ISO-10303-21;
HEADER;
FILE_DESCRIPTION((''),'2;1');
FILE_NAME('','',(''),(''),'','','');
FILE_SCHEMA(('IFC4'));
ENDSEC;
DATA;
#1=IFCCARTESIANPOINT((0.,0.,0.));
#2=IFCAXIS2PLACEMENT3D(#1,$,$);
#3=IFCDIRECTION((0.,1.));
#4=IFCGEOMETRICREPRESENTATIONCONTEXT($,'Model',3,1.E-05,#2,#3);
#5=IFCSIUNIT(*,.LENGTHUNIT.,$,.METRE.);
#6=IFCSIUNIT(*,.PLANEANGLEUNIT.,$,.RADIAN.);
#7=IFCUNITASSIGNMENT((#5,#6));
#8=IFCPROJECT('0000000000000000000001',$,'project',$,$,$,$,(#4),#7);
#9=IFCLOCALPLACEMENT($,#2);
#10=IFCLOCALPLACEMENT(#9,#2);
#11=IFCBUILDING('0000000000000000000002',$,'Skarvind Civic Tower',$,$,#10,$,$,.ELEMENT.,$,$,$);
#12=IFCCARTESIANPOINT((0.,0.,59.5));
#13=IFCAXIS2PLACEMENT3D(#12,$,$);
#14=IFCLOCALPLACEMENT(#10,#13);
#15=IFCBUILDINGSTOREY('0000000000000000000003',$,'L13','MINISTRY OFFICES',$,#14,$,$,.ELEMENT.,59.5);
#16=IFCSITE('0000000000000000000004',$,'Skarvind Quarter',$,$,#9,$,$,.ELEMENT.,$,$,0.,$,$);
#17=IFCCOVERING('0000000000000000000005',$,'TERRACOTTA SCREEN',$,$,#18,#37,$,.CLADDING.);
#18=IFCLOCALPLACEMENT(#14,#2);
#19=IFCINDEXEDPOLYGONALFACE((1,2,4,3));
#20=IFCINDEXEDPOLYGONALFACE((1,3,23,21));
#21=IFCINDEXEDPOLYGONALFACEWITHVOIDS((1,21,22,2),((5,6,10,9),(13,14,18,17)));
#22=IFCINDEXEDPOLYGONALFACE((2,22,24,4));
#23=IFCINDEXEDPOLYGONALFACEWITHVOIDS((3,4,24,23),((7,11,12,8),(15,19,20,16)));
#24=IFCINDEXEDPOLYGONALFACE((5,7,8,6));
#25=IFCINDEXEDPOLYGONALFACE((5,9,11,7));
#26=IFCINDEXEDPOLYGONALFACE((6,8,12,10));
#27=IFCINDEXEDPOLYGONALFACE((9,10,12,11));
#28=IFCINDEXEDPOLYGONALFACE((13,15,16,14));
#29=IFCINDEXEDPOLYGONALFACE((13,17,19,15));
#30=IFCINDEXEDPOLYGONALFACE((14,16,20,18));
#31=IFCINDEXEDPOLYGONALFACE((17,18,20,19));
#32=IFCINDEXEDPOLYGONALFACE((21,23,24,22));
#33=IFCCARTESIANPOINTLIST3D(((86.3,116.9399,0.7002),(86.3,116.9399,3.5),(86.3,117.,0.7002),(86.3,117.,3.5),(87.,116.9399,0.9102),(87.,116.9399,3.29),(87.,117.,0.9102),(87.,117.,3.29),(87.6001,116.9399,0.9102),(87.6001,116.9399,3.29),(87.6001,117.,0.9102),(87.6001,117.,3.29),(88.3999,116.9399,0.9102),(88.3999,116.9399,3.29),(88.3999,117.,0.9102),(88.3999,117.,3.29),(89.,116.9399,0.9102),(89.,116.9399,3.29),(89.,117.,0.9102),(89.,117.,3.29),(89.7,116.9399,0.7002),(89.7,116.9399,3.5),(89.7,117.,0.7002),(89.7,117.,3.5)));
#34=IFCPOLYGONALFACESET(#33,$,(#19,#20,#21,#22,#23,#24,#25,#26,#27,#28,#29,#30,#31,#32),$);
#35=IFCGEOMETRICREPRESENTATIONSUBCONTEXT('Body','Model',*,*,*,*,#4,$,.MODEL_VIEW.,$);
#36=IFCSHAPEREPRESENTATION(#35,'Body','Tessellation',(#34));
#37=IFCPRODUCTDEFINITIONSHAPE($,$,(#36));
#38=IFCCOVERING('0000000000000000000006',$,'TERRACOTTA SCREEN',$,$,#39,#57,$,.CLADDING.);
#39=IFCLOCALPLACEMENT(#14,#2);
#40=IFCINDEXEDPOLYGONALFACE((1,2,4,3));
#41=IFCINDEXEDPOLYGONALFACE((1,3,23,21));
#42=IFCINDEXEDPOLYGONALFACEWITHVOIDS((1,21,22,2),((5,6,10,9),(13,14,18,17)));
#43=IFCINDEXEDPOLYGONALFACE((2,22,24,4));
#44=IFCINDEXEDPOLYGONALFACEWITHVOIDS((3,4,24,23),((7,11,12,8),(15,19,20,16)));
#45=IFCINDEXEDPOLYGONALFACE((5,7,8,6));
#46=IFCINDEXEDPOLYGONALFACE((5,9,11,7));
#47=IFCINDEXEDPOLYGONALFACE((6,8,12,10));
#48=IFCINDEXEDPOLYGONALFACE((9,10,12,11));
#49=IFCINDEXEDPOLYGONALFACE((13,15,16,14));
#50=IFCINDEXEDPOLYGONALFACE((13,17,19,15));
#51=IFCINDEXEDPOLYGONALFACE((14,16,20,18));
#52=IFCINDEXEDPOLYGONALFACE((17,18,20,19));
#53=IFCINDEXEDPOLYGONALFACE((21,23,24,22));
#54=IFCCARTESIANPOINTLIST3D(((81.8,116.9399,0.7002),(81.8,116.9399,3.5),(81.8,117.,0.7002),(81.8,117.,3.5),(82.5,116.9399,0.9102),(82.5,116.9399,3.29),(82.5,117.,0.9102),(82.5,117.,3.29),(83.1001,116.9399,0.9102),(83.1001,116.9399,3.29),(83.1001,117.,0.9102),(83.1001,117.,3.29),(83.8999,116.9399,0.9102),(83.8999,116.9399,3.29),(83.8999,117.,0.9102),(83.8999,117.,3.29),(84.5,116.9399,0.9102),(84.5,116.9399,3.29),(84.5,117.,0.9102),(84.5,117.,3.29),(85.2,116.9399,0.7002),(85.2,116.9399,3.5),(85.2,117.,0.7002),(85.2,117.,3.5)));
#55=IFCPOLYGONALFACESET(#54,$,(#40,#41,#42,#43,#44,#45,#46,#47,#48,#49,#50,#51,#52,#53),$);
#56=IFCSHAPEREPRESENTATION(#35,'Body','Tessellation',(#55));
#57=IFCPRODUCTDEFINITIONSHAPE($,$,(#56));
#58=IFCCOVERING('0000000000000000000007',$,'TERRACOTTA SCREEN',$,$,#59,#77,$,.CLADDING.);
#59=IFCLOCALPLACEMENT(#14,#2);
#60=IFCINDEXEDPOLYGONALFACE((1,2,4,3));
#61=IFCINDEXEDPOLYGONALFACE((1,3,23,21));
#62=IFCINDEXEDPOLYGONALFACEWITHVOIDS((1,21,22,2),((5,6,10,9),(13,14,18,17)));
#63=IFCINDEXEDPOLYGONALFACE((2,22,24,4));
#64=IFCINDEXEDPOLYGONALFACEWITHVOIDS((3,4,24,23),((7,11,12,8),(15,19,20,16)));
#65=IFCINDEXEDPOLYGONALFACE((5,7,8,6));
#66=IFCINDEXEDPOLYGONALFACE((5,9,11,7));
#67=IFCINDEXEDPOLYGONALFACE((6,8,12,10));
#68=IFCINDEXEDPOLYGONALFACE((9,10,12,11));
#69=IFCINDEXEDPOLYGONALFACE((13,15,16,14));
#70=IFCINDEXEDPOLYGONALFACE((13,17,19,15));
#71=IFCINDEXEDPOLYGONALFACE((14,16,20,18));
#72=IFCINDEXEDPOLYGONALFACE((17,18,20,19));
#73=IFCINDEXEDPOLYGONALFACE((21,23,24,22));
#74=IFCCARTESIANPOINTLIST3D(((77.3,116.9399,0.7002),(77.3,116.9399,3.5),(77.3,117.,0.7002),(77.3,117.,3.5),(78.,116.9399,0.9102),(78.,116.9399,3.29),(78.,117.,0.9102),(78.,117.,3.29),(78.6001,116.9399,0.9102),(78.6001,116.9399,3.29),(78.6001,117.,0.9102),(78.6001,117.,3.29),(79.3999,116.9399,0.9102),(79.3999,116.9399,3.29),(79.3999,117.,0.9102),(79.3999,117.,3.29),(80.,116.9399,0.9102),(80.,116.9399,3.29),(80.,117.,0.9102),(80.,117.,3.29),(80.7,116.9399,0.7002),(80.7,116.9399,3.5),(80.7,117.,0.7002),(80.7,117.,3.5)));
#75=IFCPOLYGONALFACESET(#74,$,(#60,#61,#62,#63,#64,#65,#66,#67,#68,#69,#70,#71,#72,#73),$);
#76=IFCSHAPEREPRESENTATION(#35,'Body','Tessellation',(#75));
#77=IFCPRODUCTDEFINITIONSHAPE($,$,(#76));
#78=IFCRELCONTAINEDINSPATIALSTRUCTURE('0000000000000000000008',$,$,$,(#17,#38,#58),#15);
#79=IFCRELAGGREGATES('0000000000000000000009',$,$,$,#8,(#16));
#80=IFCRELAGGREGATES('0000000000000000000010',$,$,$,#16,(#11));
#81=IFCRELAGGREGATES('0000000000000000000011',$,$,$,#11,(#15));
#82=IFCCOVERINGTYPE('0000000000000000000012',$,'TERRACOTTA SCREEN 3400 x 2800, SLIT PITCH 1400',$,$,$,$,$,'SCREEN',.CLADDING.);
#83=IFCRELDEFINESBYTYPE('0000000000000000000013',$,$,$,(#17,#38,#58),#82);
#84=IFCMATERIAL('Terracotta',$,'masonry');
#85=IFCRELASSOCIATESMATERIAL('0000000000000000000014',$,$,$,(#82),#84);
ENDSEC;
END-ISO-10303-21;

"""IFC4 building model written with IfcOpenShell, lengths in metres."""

from ifc_helpers import new_model, si_unit, direction, frame, origin, place, context, subcontext, project, spatial, polyline, outline, extrude, material, material_profile, profile_set, type_object, element, save


model = new_model("IFC4")

# Units and contexts
model_context = context("Model", 3, precision=1e-05, world=origin(), true_north=direction((0.0, 1.0)))
body_context = subcontext(model_context, "Body", "Model", "MODEL_VIEW")
ifc_project = project(units=[si_unit("LENGTHUNIT", "METRE"), si_unit("PLANEANGLEUNIT", "RADIAN")], contexts=[model_context])

# Site, building, storey
site_placement = place(None, origin())
site = spatial("IfcSite", under=ifc_project, at=site_placement, Name="Skarvind Quarter", CompositionType="ELEMENT", RefElevation=0.0)
building_placement = place(site_placement, origin())
building = spatial("IfcBuilding", under=site, at=building_placement, Name="Skarvind Civic Tower", CompositionType="ELEMENT")
storey_placement = place(building_placement, frame((0.0, 0.0, 59.5)))
storey = spatial("IfcBuildingStorey", under=building, at=storey_placement, Name="L13", Description="MINISTRY OFFICES", CompositionType="ELEMENT", Elevation=59.5)

# Coverings
ifc_material_1 = material(Name="Terracotta", Category="masonry")
ifc_material_profile_1 = material_profile(ifc_material_1, outline(polyline([(-1.7, -1.3999), (1.7, -1.3999), (1.7, 1.3999), (-1.7, 1.3999), (-1.7, -1.3999)]), holes=[polyline([(-1.0, -1.1899), (-0.3999, -1.1899), (-0.3999, 1.1899), (-1.0, 1.1899), (-1.0, -1.1899)]), polyline([(0.3999, -1.1899), (1.0, -1.1899), (1.0, 1.1899), (0.3999, 1.1899), (0.3999, -1.1899)])]), Name="TERRACOTTA SCREEN 3400 x 2800, SLIT PITCH 1400")
ifc_profile_set_1 = profile_set([ifc_material_profile_1], Name="Terracotta")
covering_type = type_object("IfcCoveringType", Name="TERRACOTTA SCREEN 3400 x 2800, SLIT PITCH 1400", ElementType="SCREEN", PredefinedType="CLADDING", material=ifc_profile_set_1)
for number, where, z_axis, x_axis, name in (
    (1, (88.0, 117.0, 2.1001), (0.0, -1.0, 0.0), (1.0, 0.0, 0.0), "TERRACOTTA SCREEN"),
    (2, (83.5, 117.0, 2.1001), (0.0, -1.0, 0.0), (1.0, 0.0, 0.0), "TERRACOTTA SCREEN"),
    (3, (79.0, 117.0, 2.1001), (0.0, -1.0, 0.0), (1.0, 0.0, 0.0), "TERRACOTTA SCREEN"),
):
    element("IfcCovering", number, at=place(storey_placement, frame(where, z_axis=z_axis, x_axis=x_axis)), inside=storey, type_object=covering_type, Name=name, PredefinedType="CLADDING", context=body_context, shape_type="SweptSolid", body=[
        extrude(outline(polyline([(-1.7, -1.3999), (1.7, -1.3999), (1.7, 1.3999), (-1.7, 1.3999), (-1.7, -1.3999)]), holes=[polyline([(-1.0, -1.1899), (-0.3999, -1.1899), (-0.3999, 1.1899), (-1.0, 1.1899), (-1.0, -1.1899)]), polyline([(0.3999, -1.1899), (1.0, -1.1899), (1.0, 1.1899), (0.3999, 1.1899), (0.3999, -1.1899)])]), origin(), (0.0, 0.0, 1.0), 0.0601),
    ])

save(model, "model.ifc")
